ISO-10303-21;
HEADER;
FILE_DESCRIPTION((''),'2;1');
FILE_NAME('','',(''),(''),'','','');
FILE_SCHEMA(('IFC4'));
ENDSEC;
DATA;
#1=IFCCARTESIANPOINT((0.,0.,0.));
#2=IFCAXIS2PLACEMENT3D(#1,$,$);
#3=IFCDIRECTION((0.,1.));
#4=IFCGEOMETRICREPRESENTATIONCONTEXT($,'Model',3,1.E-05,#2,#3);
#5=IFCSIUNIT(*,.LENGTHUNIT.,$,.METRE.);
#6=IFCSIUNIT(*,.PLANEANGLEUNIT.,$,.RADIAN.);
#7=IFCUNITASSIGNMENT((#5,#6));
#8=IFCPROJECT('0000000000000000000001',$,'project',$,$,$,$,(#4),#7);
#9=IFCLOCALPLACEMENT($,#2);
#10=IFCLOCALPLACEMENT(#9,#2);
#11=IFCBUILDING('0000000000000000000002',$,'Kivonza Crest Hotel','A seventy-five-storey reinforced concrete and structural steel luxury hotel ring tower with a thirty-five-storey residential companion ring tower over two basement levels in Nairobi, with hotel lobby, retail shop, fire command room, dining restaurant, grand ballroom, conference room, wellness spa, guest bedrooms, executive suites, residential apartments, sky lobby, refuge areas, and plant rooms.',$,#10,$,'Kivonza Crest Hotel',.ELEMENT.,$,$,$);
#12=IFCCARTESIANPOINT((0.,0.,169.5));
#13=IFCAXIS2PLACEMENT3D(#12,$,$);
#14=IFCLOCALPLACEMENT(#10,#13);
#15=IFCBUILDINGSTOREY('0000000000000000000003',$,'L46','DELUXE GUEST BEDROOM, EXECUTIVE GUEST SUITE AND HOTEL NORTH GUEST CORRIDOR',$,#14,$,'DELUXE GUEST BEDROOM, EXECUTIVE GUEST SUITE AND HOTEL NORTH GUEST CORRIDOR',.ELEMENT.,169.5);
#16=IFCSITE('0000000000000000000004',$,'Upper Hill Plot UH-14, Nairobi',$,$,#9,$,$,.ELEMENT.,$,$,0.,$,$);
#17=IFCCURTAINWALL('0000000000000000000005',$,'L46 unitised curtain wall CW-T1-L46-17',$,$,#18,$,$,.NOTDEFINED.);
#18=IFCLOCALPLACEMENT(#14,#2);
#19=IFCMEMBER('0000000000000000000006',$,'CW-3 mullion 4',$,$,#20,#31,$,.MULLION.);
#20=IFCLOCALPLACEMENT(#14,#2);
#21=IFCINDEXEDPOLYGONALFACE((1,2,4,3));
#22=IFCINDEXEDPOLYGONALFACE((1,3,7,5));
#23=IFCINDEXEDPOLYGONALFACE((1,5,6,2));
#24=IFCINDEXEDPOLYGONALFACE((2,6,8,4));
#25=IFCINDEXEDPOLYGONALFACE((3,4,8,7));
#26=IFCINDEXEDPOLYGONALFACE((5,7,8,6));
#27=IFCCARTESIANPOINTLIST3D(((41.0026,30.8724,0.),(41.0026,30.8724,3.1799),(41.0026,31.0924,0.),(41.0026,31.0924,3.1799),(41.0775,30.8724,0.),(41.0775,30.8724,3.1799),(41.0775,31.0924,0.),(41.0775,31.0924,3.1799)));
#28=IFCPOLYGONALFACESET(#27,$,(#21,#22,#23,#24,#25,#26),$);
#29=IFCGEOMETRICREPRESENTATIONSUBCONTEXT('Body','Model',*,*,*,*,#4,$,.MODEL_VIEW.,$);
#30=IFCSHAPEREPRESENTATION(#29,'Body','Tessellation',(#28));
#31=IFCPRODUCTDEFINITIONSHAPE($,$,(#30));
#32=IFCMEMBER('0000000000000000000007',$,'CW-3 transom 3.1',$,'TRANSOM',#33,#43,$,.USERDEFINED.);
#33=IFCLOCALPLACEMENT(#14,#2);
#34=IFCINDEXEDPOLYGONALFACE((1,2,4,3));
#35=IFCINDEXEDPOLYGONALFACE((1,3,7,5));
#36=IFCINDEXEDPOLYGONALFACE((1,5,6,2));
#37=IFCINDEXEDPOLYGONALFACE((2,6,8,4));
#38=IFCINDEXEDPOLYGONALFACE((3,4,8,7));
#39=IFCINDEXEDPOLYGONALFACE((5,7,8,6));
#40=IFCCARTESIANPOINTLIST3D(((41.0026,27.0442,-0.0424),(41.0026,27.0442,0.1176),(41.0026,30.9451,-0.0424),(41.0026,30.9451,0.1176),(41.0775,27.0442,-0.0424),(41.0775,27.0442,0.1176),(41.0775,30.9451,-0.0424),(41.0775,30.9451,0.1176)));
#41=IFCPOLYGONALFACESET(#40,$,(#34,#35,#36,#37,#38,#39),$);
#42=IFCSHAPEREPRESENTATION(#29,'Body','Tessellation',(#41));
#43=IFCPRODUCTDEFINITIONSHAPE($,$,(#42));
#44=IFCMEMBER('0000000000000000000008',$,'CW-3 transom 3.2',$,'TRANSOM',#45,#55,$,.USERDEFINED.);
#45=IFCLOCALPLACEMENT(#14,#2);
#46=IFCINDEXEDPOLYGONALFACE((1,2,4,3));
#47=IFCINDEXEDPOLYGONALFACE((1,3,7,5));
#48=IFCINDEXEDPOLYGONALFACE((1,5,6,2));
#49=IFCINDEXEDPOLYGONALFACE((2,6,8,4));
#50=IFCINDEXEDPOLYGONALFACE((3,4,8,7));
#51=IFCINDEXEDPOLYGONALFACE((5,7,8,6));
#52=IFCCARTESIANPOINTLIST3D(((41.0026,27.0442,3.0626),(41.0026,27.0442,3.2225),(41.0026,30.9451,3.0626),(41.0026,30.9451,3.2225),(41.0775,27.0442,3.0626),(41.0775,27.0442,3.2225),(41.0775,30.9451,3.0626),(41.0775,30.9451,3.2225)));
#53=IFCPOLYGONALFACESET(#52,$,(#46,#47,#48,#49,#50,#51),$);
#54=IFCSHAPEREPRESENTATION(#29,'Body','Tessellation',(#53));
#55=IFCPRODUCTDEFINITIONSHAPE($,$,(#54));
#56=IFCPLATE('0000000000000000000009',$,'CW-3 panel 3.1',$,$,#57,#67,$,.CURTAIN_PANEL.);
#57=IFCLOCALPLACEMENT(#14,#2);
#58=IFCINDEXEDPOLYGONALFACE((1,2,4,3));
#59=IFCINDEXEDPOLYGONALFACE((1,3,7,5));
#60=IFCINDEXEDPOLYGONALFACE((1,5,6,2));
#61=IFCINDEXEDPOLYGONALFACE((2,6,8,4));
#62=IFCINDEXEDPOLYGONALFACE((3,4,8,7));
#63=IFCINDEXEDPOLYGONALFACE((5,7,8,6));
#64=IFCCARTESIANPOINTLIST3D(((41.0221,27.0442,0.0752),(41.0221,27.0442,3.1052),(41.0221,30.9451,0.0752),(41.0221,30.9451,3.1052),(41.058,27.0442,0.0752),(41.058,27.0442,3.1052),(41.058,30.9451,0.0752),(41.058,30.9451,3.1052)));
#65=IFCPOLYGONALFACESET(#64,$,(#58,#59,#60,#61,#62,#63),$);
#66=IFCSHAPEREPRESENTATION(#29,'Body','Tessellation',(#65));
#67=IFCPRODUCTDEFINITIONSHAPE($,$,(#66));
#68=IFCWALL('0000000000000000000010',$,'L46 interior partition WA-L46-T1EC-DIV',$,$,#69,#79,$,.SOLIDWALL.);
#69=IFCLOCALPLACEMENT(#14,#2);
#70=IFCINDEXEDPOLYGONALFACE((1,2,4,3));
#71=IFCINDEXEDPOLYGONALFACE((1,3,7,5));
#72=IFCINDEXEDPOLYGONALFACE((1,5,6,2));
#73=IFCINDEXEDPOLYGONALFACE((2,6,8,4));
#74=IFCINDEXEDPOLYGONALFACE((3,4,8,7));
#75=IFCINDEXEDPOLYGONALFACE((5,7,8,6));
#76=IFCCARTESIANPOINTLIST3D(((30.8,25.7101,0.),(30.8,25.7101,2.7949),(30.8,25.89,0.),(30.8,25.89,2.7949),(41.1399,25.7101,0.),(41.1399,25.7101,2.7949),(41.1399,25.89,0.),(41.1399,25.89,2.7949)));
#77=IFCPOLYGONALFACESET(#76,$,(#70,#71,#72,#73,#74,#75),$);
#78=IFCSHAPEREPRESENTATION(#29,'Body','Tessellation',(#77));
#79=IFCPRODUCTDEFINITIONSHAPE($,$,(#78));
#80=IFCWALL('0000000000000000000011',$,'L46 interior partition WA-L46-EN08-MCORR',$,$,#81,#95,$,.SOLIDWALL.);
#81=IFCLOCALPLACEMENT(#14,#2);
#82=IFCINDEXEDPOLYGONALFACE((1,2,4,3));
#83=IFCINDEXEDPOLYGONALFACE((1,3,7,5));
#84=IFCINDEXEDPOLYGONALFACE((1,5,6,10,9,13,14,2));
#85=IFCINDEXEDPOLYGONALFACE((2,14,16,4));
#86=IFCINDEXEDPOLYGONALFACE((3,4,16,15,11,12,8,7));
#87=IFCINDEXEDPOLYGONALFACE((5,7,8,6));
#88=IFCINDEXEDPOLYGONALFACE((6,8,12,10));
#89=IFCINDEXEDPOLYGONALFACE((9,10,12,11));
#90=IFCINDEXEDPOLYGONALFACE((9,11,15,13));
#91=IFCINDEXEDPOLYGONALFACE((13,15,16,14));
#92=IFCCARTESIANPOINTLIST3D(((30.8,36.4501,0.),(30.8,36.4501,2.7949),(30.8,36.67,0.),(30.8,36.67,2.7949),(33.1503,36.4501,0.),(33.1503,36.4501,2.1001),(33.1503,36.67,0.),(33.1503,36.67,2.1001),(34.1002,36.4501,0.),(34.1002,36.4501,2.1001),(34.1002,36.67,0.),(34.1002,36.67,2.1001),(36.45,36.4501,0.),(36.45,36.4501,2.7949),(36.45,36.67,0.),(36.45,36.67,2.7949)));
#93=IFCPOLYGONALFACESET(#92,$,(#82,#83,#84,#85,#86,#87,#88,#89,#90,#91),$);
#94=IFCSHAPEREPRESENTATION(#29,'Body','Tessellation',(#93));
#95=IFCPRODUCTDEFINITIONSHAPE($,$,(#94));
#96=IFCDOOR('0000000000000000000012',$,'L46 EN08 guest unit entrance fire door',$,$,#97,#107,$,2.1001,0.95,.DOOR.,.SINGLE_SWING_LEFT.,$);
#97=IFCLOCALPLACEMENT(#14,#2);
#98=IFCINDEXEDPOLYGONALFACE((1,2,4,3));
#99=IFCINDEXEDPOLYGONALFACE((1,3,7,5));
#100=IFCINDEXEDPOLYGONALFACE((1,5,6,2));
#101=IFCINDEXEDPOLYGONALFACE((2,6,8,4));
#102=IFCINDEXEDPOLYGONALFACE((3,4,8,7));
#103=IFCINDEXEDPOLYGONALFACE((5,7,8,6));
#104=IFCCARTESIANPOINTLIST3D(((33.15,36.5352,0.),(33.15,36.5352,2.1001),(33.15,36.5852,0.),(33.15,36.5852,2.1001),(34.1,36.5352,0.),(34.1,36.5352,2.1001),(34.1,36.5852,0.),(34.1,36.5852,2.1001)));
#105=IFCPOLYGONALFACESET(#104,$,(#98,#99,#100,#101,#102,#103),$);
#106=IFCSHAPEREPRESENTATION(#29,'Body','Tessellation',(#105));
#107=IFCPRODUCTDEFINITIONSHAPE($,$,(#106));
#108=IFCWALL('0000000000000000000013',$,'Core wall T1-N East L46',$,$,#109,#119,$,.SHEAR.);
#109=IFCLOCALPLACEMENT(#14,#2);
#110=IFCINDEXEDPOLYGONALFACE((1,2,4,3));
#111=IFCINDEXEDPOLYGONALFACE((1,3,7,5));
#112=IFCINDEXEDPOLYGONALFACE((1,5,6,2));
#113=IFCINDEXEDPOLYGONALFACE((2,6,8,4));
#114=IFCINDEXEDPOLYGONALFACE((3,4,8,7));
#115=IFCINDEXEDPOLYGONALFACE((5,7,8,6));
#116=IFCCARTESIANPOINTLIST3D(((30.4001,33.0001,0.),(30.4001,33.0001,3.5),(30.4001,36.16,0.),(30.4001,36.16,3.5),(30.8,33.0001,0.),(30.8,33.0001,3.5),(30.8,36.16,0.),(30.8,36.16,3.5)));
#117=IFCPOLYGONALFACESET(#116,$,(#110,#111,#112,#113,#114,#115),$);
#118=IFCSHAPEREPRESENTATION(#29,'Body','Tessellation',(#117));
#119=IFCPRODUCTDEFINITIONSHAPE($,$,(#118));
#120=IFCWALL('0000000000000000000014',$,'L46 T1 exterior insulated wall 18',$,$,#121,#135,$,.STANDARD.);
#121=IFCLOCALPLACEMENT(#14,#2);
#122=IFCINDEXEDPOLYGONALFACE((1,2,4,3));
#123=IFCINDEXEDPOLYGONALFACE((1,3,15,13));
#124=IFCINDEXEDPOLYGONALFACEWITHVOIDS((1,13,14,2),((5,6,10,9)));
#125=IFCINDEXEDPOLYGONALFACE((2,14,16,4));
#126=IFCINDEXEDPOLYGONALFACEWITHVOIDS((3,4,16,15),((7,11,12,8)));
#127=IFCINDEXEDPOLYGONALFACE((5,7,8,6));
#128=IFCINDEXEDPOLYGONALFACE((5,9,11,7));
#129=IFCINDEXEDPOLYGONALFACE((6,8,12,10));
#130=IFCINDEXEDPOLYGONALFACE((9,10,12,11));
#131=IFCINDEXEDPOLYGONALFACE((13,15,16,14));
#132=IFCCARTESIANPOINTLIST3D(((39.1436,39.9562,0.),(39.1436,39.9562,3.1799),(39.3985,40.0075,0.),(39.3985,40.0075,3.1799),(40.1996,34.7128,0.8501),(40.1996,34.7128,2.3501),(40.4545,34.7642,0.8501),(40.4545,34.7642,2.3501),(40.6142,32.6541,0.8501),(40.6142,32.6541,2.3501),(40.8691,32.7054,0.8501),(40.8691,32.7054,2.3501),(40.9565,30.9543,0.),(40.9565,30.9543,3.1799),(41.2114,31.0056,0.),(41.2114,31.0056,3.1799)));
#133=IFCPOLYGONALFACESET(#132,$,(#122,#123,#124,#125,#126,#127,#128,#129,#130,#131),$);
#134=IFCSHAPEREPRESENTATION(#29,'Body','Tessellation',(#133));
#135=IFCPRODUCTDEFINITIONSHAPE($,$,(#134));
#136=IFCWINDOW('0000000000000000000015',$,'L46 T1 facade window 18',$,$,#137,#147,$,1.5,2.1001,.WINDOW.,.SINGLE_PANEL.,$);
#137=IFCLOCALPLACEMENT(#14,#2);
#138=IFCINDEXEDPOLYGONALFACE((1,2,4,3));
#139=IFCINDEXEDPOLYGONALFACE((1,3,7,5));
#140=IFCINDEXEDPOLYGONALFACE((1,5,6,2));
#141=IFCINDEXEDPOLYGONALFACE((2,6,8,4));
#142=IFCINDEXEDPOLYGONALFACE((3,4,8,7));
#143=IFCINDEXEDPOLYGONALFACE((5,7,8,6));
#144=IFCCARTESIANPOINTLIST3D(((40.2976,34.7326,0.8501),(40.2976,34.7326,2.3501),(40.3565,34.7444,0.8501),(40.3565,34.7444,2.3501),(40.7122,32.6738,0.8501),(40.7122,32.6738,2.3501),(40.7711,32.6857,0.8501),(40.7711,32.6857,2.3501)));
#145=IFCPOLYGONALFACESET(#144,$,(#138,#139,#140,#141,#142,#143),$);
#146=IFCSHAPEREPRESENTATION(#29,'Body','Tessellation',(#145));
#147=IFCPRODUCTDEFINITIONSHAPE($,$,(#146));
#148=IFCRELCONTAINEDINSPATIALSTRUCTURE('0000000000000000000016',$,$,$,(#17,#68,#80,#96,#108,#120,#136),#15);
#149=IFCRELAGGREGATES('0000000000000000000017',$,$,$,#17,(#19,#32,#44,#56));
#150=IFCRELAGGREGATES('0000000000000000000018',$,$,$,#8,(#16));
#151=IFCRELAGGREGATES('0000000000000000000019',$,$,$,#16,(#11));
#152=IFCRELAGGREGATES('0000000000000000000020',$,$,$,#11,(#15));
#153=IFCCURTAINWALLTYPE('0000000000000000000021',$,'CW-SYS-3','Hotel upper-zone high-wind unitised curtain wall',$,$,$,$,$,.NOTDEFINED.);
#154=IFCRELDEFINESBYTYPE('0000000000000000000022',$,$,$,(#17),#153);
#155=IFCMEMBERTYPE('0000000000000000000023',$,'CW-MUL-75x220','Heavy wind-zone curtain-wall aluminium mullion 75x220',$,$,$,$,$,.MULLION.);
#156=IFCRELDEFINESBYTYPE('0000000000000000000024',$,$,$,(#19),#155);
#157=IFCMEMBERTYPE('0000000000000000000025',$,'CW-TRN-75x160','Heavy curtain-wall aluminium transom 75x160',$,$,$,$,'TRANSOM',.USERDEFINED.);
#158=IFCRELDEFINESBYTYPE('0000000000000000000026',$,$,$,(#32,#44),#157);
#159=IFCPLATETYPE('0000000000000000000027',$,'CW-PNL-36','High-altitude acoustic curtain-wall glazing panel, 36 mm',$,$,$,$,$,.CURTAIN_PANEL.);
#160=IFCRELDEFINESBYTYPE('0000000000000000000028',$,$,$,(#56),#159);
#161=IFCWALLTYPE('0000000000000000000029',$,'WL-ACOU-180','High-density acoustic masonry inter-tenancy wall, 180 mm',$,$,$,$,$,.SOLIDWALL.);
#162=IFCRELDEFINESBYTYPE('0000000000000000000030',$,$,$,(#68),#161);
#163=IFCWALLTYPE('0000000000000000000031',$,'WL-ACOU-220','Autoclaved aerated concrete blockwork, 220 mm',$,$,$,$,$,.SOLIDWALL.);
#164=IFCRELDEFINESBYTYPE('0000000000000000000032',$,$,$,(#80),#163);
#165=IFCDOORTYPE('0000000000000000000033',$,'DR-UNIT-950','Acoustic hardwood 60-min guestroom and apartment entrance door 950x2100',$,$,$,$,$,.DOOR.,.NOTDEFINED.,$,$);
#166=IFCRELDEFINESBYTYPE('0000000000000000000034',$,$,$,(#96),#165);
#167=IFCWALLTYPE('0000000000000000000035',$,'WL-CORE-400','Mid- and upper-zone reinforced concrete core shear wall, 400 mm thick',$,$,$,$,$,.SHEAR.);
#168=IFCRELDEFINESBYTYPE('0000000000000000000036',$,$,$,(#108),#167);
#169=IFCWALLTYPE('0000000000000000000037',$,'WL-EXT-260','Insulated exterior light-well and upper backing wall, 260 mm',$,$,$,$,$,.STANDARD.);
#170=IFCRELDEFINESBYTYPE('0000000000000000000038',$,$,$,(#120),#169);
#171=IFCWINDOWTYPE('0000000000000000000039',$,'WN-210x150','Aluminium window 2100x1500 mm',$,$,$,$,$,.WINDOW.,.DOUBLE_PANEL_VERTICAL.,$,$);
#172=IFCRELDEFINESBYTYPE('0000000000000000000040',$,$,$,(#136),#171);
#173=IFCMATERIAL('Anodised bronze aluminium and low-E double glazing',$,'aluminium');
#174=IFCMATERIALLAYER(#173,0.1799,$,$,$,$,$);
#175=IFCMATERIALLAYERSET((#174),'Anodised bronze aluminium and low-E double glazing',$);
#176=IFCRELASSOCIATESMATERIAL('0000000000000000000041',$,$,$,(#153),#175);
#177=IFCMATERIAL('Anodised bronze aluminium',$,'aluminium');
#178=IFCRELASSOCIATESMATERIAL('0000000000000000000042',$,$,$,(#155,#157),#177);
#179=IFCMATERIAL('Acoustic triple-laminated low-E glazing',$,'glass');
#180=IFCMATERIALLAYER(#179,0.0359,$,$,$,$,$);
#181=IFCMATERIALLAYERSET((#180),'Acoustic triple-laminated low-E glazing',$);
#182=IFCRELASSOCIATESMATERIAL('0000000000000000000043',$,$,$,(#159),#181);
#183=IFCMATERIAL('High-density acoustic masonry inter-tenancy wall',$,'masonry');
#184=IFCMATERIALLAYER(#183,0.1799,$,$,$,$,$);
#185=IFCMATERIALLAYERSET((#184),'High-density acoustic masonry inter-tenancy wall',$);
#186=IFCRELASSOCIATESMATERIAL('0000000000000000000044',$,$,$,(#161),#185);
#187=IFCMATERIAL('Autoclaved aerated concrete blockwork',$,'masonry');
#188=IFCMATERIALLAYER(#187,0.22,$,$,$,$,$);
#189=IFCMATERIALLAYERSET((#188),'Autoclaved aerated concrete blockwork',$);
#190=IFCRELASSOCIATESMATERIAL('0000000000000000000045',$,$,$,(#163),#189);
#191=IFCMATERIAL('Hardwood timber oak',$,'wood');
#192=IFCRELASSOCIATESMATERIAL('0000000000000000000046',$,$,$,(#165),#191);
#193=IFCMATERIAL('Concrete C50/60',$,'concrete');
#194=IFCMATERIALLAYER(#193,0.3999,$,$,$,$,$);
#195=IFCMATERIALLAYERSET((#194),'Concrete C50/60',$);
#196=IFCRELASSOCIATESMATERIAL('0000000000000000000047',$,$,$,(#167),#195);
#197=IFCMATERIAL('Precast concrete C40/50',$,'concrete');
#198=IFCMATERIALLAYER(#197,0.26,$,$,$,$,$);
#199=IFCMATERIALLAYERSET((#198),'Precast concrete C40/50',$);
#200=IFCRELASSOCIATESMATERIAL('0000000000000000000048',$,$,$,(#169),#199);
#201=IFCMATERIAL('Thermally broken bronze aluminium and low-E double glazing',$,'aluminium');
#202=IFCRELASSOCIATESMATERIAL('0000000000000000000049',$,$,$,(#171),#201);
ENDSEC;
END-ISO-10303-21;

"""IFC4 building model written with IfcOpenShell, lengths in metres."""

from ifc_helpers import new_model, si_unit, direction, frame, frame_2d, origin, origin_2d, place, context, subcontext, project, spatial, rectangle, extrude, material, layer, layer_set, material_profile, profile_set, type_object, element, fill, aggregate, save


model = new_model("IFC4")

# Units and contexts
model_context = context("Model", 3, precision=1e-05, world=origin(), true_north=direction((0.0, 1.0)))
body_context = subcontext(model_context, "Body", "Model", "MODEL_VIEW")
ifc_project = project(units=[si_unit("LENGTHUNIT", "METRE"), si_unit("PLANEANGLEUNIT", "RADIAN")], contexts=[model_context])

# Site, building, storey
site_placement = place(None, origin())
site = spatial("IfcSite", under=ifc_project, at=site_placement, Name="Upper Hill Plot UH-14, Nairobi", CompositionType="ELEMENT", RefElevation=0.0)
building_placement = place(site_placement, origin())
building = spatial("IfcBuilding", under=site, at=building_placement, Name="Kivonza Crest Hotel", Description="A seventy-five-storey reinforced concrete and structural steel luxury hotel ring tower with a thirty-five-storey residential companion ring tower over two basement levels in Nairobi, with hotel lobby, retail shop, fire command room, dining restaurant, grand ballroom, conference room, wellness spa, guest bedrooms, executive suites, residential apartments, sky lobby, refuge areas, and plant rooms.", LongName="Kivonza Crest Hotel", CompositionType="ELEMENT")
storey_placement = place(building_placement, frame((0.0, 0.0, 169.5)))
storey = spatial("IfcBuildingStorey", under=building, at=storey_placement, Name="L46", Description="DELUXE GUEST BEDROOM, EXECUTIVE GUEST SUITE AND HOTEL NORTH GUEST CORRIDOR", LongName="DELUXE GUEST BEDROOM, EXECUTIVE GUEST SUITE AND HOTEL NORTH GUEST CORRIDOR", CompositionType="ELEMENT", Elevation=169.5)

# Shared definitions
ifc_material_1 = material(Name="Concrete C50/60", Category="concrete")

# Curtain wall, members, plate
ifc_material_2 = material(Name="Anodised bronze aluminium and low-E double glazing", Category="aluminium")
ifc_layer_1 = layer(ifc_material_2, 0.1799)
ifc_layer_set_1 = layer_set([ifc_layer_1], Name="Anodised bronze aluminium and low-E double glazing")
curtain_wall_type = type_object("IfcCurtainWallType", Name="CW-SYS-3", Description="Hotel upper-zone high-wind unitised curtain wall", PredefinedType="NOTDEFINED", material=ifc_layer_set_1)
curtain_wall_placement = place(storey_placement, origin())
curtain_wall = element("IfcCurtainWall", 1, at=curtain_wall_placement, inside=storey, type_object=curtain_wall_type, Name="L46 unitised curtain wall CW-T1-L46-17", PredefinedType="NOTDEFINED")
ifc_material_3 = material(Name="Anodised bronze aluminium", Category="aluminium")
ifc_material_profile_1 = material_profile(ifc_material_3, rectangle(XDim=0.075, YDim=0.22, at=origin_2d()), Name="CW-M 75x220")
ifc_profile_set_1 = profile_set([ifc_material_profile_1], Name="Anodised bronze aluminium")
member_type_1 = type_object("IfcMemberType", Name="CW-MUL-75x220", Description="Heavy wind-zone curtain-wall aluminium mullion 75x220", PredefinedType="MULLION", material=ifc_profile_set_1)
member_1_placement = place(storey_placement, frame((41.04, 30.9824, 0.0), z_axis=(0.0, 0.0, 1.0), x_axis=(-1.0, 0.0, 0.0)))
member_1 = element("IfcMember", 2, at=member_1_placement, type_object=member_type_1, Name="CW-3 mullion 4", PredefinedType="MULLION", context=body_context, shape_type="SweptSolid", body=[
    extrude(rectangle(XDim=0.075, YDim=0.22, at=origin_2d()), origin(), (0.0, 0.0, 1.0), 3.1799),
])
ifc_material_profile_2 = material_profile(ifc_material_3, rectangle(XDim=0.075, YDim=0.1599, at=origin_2d()), Name="CW-T 75x160")
ifc_profile_set_2 = profile_set([ifc_material_profile_2], Name="Anodised bronze aluminium")
member_type_2 = type_object("IfcMemberType", Name="CW-TRN-75x160", Description="Heavy curtain-wall aluminium transom 75x160", ElementType="TRANSOM", PredefinedType="USERDEFINED", material=ifc_profile_set_2)
member_2_placement = place(storey_placement, frame((41.04, 27.0442, 0.0376), z_axis=(0.0, 1.0, 0.0), x_axis=(-1.0, 0.0, 0.0)))
member_2 = element("IfcMember", 3, at=member_2_placement, type_object=member_type_2, Name="CW-3 transom 3.1", ObjectType="TRANSOM", PredefinedType="USERDEFINED", context=body_context, shape_type="SweptSolid", body=[
    extrude(rectangle(XDim=0.075, YDim=0.1599, at=origin_2d()), origin(), (0.0, 0.0, 1.0), 3.9009),
])
member_3_placement = place(storey_placement, frame((41.04, 27.0442, 3.1426), z_axis=(0.0, 1.0, 0.0), x_axis=(-1.0, 0.0, 0.0)))
member_3 = element("IfcMember", 4, at=member_3_placement, type_object=member_type_2, Name="CW-3 transom 3.2", ObjectType="TRANSOM", PredefinedType="USERDEFINED", context=body_context, shape_type="SweptSolid", body=[
    extrude(rectangle(XDim=0.075, YDim=0.1599, at=origin_2d()), origin(), (0.0, 0.0, 1.0), 3.9009),
])
ifc_material_4 = material(Name="Acoustic triple-laminated low-E glazing", Category="glass")
ifc_layer_2 = layer(ifc_material_4, 0.0359)
ifc_layer_set_2 = layer_set([ifc_layer_2], Name="Acoustic triple-laminated low-E glazing")
plate_type = type_object("IfcPlateType", Name="CW-PNL-36", Description="High-altitude acoustic curtain-wall glazing panel, 36 mm", PredefinedType="CURTAIN_PANEL", material=ifc_layer_set_2)
plate_placement = place(storey_placement, frame((41.04, 28.9946, 0.0752), z_axis=(0.0, 0.0, 1.0), x_axis=(0.0, 1.0, 0.0)))
plate = element("IfcPlate", 5, at=plate_placement, type_object=plate_type, Name="CW-3 panel 3.1", PredefinedType="CURTAIN_PANEL", context=body_context, shape_type="SweptSolid", body=[
    extrude(rectangle(XDim=3.9009, YDim=0.0359, at=origin_2d()), origin(), (0.0, 0.0, 1.0), 3.03),
])
aggregate(curtain_wall, [member_1, member_2, member_3, plate])

# Wall
ifc_material_5 = material(Name="High-density acoustic masonry inter-tenancy wall", Category="masonry")
ifc_layer_3 = layer(ifc_material_5, 0.1799)
ifc_layer_set_3 = layer_set([ifc_layer_3], Name="High-density acoustic masonry inter-tenancy wall")
wall_type_1 = type_object("IfcWallType", Name="WL-ACOU-180", Description="High-density acoustic masonry inter-tenancy wall, 180 mm", PredefinedType="SOLIDWALL", material=ifc_layer_set_3)
wall_1_placement = place(storey_placement, frame((30.8, 25.8, 0.0), z_axis=(0.0, 0.0, 1.0), x_axis=(1.0, 0.0, 0.0)))
element("IfcWall", 6, at=wall_1_placement, inside=storey, type_object=wall_type_1, Name="L46 interior partition WA-L46-T1EC-DIV", PredefinedType="SOLIDWALL", context=body_context, shape_type="SweptSolid", body=[
    extrude(rectangle(XDim=10.3398, YDim=0.1799, at=frame_2d((5.1699, 0.0))), origin(), (0.0, 0.0, 1.0), 2.7949),
])

# Wall, opening, door
ifc_material_6 = material(Name="Autoclaved aerated concrete blockwork", Category="masonry")
ifc_layer_4 = layer(ifc_material_6, 0.22)
ifc_layer_set_4 = layer_set([ifc_layer_4], Name="Autoclaved aerated concrete blockwork")
wall_type_2 = type_object("IfcWallType", Name="WL-ACOU-220", Description="Autoclaved aerated concrete blockwork, 220 mm", PredefinedType="SOLIDWALL", material=ifc_layer_set_4)
wall_2_placement = place(storey_placement, frame((30.8, 36.5601, 0.0), z_axis=(0.0, 0.0, 1.0), x_axis=(1.0, 0.0, 0.0)))
wall_2 = element("IfcWall", 7, at=wall_2_placement, inside=storey, type_object=wall_type_2, Name="L46 interior partition WA-L46-EN08-MCORR", PredefinedType="SOLIDWALL", context=body_context, shape_type="SweptSolid", body=[
    extrude(rectangle(XDim=5.6499, YDim=0.22, at=frame_2d((2.825, 0.0))), origin(), (0.0, 0.0, 1.0), 2.7949),
])
opening_1_placement = place(wall_2_placement, frame((2.3501, 0.0, 0.0)))
opening_1 = element("IfcOpeningElement", 8, at=opening_1_placement, cuts=wall_2, PredefinedType="OPENING", context=body_context, shape_type="SweptSolid", body=[
    extrude(rectangle(XDim=0.95, YDim=2.1001, at=frame_2d((0.4751, 1.05))), frame((0.0, 0.1201, 0.0), z_axis=(0.0, -1.0, 0.0), x_axis=(1.0, 0.0, 0.0)), (0.0, 0.0, 1.0), 0.24),
])
ifc_material_7 = material(Name="Hardwood timber oak", Category="wood")
door_type_1 = type_object("IfcDoorType", Name="DR-UNIT-950", Description="Acoustic hardwood 60-min guestroom and apartment entrance door 950x2100", OperationType="NOTDEFINED", PredefinedType="DOOR", material=ifc_material_7)
door_1_placement = place(opening_1_placement, frame((0.95, 0.0, 0.0), z_axis=(0.0, 0.0, 1.0), x_axis=(-1.0, 0.0, 0.0)))
door_1 = element("IfcDoor", 9, at=door_1_placement, inside=storey, type_object=door_type_1, Name="L46 EN08 guest unit entrance fire door", OperationType="SINGLE_SWING_LEFT", OverallHeight=2.1001, OverallWidth=0.95, PredefinedType="DOOR", context=body_context, shape_type="SweptSolid", body=[
    extrude(rectangle(XDim=0.95, YDim=2.1001, at=frame_2d((0.4751, 1.05))), frame((0.0, 0.0249, 0.0), z_axis=(0.0, -1.0, 0.0), x_axis=(1.0, 0.0, 0.0)), (0.0, 0.0, 1.0), 0.05),
])
fill(opening_1, door_1)

# Wall
ifc_layer_5 = layer(ifc_material_1, 0.3999)
ifc_layer_set_5 = layer_set([ifc_layer_5], Name="Concrete C50/60")
wall_type_3 = type_object("IfcWallType", Name="WL-CORE-400", Description="Mid- and upper-zone reinforced concrete core shear wall, 400 mm thick", PredefinedType="SHEAR", material=ifc_layer_set_5)
wall_3_placement = place(storey_placement, frame((30.6001, 33.0, 0.0), z_axis=(0.0, 0.0, 1.0), x_axis=(0.0, 1.0, 0.0)))
element("IfcWall", 10, at=wall_3_placement, inside=storey, type_object=wall_type_3, Name="Core wall T1-N East L46", PredefinedType="SHEAR", context=body_context, shape_type="SweptSolid", body=[
    extrude(rectangle(XDim=3.1599, YDim=0.3999, at=frame_2d((1.5801, 0.0))), origin(), (0.0, 0.0, 1.0), 3.5),
])

# Wall, opening, window
ifc_material_8 = material(Name="Precast concrete C40/50", Category="concrete")
ifc_layer_6 = layer(ifc_material_8, 0.26)
ifc_layer_set_6 = layer_set([ifc_layer_6], Name="Precast concrete C40/50")
wall_type_4 = type_object("IfcWallType", Name="WL-EXT-260", Description="Insulated exterior light-well and upper backing wall, 260 mm", PredefinedType="STANDARD", material=ifc_layer_set_6)
wall_4_placement = place(storey_placement, frame((41.084, 30.98, 0.0), z_axis=(0.0, 0.0, 1.0), x_axis=(-0.197435, 0.980316, 0.0)))
wall_4 = element("IfcWall", 11, at=wall_4_placement, inside=storey, type_object=wall_type_4, Name="L46 T1 exterior insulated wall 18", PredefinedType="STANDARD", context=body_context, shape_type="SweptSolid", body=[
    extrude(rectangle(XDim=9.1826, YDim=0.26, at=frame_2d((4.5913, 0.0))), origin(), (0.0, 0.0, 1.0), 3.1799),
])
opening_2_placement = place(wall_4_placement, frame((1.7339, 0.0, 0.8501)))
opening_2 = element("IfcOpeningElement", 12, at=opening_2_placement, cuts=wall_4, PredefinedType="OPENING", context=body_context, shape_type="SweptSolid", body=[
    extrude(rectangle(XDim=2.1001, YDim=1.5, at=frame_2d((1.05, 0.75))), frame((0.0, 0.1401, 0.0), z_axis=(0.0, -1.0, 0.0), x_axis=(1.0, 0.0, 0.0)), (0.0, 0.0, 1.0), 0.28),
])
ifc_material_9 = material(Name="Thermally broken bronze aluminium and low-E double glazing", Category="aluminium")
window_type = type_object("IfcWindowType", Name="WN-210x150", Description="Aluminium window 2100x1500 mm", PartitioningType="DOUBLE_PANEL_VERTICAL", PredefinedType="WINDOW", material=ifc_material_9)
window_placement = place(opening_2_placement, origin())
window = element("IfcWindow", 13, at=window_placement, inside=storey, type_object=window_type, Name="L46 T1 facade window 18", OverallHeight=1.5, OverallWidth=2.1001, PartitioningType="SINGLE_PANEL", PredefinedType="WINDOW", context=body_context, shape_type="SweptSolid", body=[
    extrude(rectangle(XDim=2.1001, YDim=1.5, at=frame_2d((1.05, 0.75))), frame((0.0, 0.03, 0.0), z_axis=(0.0, -1.0, 0.0), x_axis=(1.0, 0.0, 0.0)), (0.0, 0.0, 1.0), 0.0601),
])
fill(opening_2, window)

save(model, "model.ifc")
